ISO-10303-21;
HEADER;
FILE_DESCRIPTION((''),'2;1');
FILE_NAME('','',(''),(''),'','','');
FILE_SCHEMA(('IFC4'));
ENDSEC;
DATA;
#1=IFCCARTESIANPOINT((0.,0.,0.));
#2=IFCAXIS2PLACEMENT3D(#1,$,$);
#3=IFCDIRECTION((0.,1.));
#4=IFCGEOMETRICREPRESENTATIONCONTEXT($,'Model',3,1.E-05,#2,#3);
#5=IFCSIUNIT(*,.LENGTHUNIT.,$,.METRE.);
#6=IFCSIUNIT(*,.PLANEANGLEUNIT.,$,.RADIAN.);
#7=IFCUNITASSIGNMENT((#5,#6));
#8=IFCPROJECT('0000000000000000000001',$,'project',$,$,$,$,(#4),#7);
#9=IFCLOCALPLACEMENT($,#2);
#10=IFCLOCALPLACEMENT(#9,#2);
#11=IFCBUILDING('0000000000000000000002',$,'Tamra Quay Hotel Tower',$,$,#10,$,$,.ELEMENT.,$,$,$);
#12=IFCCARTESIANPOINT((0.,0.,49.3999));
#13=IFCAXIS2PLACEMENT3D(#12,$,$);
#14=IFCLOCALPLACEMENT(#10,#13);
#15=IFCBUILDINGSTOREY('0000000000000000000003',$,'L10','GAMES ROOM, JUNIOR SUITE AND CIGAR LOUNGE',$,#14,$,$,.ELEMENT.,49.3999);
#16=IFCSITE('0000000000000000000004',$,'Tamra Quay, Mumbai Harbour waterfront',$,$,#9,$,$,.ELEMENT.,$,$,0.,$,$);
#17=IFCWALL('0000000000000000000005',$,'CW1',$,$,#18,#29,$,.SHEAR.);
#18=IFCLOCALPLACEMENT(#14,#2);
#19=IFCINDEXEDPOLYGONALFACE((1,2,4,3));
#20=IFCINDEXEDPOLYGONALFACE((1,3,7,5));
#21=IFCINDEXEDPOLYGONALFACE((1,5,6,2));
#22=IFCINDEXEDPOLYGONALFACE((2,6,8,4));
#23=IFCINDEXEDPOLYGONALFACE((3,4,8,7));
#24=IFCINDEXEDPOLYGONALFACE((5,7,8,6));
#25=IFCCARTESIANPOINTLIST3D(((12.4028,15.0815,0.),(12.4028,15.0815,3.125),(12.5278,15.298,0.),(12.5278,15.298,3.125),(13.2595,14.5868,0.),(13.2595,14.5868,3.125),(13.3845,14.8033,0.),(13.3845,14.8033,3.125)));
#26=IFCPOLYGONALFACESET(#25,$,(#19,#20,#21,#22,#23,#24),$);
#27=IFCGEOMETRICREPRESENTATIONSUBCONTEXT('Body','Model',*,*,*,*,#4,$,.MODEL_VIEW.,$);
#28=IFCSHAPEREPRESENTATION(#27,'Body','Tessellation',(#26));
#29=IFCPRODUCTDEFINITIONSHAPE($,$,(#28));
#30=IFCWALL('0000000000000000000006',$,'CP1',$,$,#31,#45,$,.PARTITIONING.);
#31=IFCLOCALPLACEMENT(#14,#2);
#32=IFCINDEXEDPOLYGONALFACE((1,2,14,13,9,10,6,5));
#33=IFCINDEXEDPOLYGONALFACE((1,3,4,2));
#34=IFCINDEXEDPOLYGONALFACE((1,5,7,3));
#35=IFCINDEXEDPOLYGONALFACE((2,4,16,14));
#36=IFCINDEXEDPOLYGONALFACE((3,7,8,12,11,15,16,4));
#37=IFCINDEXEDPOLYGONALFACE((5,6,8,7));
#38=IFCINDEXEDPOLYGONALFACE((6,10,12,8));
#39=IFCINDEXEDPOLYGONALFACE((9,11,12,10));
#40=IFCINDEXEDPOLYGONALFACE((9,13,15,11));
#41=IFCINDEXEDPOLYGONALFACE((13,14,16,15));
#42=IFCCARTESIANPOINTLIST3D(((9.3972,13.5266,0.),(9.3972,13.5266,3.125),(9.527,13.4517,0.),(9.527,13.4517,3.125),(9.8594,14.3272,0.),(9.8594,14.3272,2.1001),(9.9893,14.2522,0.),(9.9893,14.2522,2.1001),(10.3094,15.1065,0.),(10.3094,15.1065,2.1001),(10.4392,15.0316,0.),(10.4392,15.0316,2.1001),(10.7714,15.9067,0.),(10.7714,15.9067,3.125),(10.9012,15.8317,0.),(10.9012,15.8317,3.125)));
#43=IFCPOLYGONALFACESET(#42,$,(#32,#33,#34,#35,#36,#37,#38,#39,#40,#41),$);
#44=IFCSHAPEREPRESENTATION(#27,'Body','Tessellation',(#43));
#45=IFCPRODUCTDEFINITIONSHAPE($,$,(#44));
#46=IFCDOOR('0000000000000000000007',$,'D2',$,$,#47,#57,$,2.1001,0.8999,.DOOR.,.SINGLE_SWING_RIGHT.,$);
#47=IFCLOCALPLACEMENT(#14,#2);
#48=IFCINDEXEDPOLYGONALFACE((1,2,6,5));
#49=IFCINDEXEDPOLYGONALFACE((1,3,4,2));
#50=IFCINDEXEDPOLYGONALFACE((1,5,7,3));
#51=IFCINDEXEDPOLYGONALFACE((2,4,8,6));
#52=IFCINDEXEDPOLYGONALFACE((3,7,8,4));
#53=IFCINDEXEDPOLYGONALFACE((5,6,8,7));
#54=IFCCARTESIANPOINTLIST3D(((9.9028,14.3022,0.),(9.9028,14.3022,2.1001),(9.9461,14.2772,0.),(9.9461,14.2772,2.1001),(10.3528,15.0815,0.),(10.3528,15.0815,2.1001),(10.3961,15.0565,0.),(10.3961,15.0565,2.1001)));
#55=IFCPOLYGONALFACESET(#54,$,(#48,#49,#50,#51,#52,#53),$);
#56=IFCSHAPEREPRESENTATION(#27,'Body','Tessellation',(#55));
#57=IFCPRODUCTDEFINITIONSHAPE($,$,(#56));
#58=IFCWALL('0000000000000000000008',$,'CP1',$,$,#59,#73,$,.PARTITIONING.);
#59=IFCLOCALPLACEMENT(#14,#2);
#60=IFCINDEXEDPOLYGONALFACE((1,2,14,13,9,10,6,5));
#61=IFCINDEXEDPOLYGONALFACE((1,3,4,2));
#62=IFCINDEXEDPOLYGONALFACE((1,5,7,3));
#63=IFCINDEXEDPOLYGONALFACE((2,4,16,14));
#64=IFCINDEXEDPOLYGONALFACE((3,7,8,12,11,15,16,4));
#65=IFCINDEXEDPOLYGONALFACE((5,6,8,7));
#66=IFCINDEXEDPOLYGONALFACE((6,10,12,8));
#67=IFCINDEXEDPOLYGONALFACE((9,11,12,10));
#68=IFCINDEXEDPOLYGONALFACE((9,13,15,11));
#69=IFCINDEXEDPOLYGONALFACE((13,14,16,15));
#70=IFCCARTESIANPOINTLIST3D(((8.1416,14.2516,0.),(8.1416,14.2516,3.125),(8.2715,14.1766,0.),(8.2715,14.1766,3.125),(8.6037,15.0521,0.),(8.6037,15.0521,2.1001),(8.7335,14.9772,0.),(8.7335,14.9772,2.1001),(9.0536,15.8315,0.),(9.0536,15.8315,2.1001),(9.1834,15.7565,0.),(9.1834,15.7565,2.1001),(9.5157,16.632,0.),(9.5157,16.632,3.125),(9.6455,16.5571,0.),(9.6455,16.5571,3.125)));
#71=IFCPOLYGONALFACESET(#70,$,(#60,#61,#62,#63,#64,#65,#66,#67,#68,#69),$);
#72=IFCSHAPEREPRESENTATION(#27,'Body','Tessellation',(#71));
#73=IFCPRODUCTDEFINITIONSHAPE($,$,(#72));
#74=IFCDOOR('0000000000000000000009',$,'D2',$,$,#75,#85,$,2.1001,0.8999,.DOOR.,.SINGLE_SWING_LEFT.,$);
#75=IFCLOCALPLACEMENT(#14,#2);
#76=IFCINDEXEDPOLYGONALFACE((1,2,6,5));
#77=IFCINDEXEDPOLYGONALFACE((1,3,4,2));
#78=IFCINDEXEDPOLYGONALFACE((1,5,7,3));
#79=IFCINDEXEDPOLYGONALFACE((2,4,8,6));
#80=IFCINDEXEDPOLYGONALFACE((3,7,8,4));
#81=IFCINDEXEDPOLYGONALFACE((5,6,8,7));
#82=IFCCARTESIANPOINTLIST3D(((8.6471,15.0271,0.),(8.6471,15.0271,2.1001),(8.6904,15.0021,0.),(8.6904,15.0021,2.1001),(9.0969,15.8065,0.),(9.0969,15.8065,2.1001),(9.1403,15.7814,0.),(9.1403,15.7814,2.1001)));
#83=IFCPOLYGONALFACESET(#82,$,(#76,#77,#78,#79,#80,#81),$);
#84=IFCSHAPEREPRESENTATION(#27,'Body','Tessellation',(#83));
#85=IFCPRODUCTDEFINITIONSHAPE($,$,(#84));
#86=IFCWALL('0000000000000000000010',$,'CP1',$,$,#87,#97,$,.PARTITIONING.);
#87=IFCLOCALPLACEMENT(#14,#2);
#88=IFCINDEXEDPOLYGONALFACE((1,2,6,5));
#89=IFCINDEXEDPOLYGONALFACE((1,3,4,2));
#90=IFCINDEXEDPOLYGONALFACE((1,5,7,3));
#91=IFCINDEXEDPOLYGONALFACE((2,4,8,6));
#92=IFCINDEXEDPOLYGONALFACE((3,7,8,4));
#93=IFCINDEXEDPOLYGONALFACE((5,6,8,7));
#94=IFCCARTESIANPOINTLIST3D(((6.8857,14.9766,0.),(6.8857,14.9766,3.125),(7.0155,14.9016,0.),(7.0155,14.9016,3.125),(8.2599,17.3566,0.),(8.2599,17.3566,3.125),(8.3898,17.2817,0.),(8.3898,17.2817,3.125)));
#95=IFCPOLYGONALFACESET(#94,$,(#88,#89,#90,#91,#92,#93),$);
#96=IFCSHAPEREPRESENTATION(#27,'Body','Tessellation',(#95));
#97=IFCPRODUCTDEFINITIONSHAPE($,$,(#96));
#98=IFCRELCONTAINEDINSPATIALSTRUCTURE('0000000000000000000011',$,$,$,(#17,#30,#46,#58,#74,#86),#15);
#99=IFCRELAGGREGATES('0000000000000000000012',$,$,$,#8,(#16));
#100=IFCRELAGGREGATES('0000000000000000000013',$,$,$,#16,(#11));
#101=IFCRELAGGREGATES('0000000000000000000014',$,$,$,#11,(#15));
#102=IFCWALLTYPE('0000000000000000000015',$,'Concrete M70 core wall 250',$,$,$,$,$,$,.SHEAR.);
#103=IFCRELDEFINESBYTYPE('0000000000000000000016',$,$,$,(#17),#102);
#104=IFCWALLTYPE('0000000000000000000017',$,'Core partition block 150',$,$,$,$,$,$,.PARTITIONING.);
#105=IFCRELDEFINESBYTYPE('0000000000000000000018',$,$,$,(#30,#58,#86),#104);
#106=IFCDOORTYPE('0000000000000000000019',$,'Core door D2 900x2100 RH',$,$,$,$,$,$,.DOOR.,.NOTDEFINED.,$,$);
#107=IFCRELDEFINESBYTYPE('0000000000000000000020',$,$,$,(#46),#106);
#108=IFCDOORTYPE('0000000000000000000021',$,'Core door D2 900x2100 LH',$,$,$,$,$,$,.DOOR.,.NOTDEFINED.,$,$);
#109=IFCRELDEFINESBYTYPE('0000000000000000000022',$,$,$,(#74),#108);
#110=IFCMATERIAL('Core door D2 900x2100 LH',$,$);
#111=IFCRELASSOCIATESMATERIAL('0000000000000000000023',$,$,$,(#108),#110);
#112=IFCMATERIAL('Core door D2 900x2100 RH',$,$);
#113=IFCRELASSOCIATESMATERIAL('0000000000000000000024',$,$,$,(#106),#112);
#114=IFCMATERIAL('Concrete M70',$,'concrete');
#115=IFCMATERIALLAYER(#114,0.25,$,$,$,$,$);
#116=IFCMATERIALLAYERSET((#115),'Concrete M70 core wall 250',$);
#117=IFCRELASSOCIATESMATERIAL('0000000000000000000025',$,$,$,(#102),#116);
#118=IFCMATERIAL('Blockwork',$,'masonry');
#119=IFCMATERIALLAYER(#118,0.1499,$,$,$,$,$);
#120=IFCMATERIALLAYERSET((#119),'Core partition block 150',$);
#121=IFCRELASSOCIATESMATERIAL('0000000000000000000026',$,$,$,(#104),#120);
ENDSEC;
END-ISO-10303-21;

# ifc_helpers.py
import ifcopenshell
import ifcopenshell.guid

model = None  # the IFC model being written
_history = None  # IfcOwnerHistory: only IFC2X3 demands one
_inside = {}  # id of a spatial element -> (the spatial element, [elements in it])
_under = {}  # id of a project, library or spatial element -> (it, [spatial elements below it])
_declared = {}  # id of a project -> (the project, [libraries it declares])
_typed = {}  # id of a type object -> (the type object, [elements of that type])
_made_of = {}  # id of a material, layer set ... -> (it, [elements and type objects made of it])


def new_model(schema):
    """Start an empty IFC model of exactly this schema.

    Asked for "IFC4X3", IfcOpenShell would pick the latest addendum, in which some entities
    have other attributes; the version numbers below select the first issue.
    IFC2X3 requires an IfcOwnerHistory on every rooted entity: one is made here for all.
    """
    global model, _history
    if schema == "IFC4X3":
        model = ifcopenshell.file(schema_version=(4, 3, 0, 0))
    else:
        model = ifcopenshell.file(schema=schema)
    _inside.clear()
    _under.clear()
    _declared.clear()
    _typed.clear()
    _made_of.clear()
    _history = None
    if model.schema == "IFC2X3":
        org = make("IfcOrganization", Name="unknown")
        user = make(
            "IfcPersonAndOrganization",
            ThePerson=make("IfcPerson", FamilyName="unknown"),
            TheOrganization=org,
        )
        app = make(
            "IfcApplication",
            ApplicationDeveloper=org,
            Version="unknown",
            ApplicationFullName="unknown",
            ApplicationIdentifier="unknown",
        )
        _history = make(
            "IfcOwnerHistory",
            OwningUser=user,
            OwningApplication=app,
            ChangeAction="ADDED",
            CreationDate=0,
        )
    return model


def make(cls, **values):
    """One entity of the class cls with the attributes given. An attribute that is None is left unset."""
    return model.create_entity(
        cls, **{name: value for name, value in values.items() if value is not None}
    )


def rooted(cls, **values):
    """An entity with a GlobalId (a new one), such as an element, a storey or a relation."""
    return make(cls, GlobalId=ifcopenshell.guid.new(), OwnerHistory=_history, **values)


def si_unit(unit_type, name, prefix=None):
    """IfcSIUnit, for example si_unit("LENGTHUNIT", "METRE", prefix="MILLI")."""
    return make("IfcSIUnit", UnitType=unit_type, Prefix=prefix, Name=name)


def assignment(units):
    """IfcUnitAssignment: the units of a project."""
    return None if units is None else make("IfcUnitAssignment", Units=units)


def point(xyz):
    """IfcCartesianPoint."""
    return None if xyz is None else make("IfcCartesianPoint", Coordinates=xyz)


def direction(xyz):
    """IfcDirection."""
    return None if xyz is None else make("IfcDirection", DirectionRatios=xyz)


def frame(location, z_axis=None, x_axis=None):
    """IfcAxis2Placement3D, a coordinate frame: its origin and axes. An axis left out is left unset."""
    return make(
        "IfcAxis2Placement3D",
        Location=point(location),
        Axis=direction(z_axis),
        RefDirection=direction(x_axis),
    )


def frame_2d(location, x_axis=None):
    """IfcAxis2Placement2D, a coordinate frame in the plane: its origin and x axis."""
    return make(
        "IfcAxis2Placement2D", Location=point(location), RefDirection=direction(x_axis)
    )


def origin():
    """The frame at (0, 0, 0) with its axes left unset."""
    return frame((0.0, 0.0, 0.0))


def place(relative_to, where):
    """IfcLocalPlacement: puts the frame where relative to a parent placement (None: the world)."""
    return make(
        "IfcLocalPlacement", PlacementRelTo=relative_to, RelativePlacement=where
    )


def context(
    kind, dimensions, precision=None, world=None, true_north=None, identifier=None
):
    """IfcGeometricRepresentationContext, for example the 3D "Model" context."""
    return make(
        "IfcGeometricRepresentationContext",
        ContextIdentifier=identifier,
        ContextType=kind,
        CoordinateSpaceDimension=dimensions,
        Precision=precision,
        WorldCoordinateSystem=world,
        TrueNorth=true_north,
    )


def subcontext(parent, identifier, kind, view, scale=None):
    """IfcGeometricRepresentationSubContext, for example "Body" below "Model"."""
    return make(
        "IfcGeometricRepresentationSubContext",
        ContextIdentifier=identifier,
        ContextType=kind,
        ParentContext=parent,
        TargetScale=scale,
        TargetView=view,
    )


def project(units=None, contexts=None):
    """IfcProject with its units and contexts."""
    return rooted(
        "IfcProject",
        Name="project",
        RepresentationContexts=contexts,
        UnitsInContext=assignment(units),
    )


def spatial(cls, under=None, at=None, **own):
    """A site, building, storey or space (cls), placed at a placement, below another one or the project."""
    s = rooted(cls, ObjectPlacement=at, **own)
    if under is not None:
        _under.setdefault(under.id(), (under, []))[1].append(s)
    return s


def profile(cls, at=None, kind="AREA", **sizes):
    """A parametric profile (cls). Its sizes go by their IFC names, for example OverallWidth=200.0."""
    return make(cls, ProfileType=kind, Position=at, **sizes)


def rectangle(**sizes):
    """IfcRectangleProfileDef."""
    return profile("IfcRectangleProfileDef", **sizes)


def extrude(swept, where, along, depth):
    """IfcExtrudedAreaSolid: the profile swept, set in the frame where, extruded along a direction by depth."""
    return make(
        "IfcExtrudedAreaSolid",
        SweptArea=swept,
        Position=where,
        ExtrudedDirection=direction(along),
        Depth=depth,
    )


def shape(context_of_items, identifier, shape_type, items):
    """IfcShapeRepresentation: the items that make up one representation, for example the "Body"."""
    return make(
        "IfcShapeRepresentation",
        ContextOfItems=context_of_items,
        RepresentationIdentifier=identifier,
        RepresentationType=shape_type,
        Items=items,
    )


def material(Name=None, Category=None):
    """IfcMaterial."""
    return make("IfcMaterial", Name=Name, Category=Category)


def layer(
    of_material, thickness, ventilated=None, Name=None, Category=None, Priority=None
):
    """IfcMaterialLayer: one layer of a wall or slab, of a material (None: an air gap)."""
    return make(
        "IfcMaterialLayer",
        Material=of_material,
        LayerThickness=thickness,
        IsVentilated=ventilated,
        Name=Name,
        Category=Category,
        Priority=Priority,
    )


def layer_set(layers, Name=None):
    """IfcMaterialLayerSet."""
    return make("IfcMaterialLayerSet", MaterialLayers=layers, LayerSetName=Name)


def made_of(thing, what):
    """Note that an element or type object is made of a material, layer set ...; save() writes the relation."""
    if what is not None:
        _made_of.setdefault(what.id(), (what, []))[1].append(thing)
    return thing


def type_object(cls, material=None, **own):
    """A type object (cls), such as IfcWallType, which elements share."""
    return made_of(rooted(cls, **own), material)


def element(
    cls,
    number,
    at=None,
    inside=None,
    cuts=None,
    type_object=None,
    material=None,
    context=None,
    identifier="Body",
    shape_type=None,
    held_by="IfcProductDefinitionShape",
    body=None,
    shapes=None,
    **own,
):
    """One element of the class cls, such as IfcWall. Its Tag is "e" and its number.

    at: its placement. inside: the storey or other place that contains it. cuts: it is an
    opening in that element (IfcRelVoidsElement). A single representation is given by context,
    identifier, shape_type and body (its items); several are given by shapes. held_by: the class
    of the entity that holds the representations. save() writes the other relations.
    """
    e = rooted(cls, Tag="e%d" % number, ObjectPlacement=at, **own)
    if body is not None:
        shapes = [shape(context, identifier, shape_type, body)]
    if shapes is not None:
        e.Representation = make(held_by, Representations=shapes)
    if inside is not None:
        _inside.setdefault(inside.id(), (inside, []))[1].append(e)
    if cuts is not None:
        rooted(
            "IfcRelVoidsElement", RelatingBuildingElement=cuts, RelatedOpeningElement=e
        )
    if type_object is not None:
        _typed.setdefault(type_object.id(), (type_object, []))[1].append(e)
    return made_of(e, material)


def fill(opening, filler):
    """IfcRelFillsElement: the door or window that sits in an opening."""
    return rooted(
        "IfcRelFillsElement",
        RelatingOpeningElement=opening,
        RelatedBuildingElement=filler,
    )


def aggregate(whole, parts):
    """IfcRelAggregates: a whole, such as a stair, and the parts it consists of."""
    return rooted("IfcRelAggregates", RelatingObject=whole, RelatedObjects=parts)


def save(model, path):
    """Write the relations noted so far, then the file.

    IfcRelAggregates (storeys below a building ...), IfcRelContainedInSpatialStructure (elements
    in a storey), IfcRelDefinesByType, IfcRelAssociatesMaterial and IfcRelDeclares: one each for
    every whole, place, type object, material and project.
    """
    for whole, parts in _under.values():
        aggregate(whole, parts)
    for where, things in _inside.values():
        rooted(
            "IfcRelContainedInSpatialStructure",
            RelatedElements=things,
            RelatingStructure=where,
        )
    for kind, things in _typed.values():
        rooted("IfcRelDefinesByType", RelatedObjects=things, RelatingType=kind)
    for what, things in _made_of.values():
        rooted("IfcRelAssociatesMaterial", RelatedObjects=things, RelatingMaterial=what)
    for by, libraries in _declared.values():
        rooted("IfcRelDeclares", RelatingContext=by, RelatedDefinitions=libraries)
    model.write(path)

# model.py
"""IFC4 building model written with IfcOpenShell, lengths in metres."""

from ifc_helpers import new_model, si_unit, direction, frame, frame_2d, origin, place, context, subcontext, project, spatial, rectangle, extrude, material, layer, layer_set, type_object, element, fill, save


model = new_model("IFC4")

# Units and contexts
model_context = context("Model", 3, precision=1e-05, world=origin(), true_north=direction((0.0, 1.0)))
body_context = subcontext(model_context, "Body", "Model", "MODEL_VIEW")
ifc_project = project(units=[si_unit("LENGTHUNIT", "METRE"), si_unit("PLANEANGLEUNIT", "RADIAN")], contexts=[model_context])

# Site, building, storey
site_placement = place(None, origin())
site = spatial("IfcSite", under=ifc_project, at=site_placement, Name="Tamra Quay, Mumbai Harbour waterfront", CompositionType="ELEMENT", RefElevation=0.0)
building_placement = place(site_placement, origin())
building = spatial("IfcBuilding", under=site, at=building_placement, Name="Tamra Quay Hotel Tower", CompositionType="ELEMENT")
storey_placement = place(building_placement, frame((0.0, 0.0, 49.3999)))
storey = spatial("IfcBuildingStorey", under=building, at=storey_placement, Name="L10", Description="GAMES ROOM, JUNIOR SUITE AND CIGAR LOUNGE", CompositionType="ELEMENT", Elevation=49.3999)

# Shared definitions
ifc_material_1 = material(Name="Concrete M70", Category="concrete")

# Shared definitions
ifc_material_2 = material(Name="Core door D2 900x2100 LH")
door_type_1 = type_object("IfcDoorType", Name="Core door D2 900x2100 LH", OperationType="NOTDEFINED", PredefinedType="DOOR", material=ifc_material_2)
ifc_material_3 = material(Name="Core door D2 900x2100 RH")
door_type_2 = type_object("IfcDoorType", Name="Core door D2 900x2100 RH", OperationType="NOTDEFINED", PredefinedType="DOOR", material=ifc_material_3)

# Wall
ifc_layer_1 = layer(ifc_material_1, 0.25)
ifc_layer_set_1 = layer_set([ifc_layer_1], Name="Concrete M70 core wall 250")
wall_type_1 = type_object("IfcWallType", Name="Concrete M70 core wall 250", PredefinedType="SHEAR", material=ifc_layer_set_1)
wall_1_placement = place(storey_placement, frame((13.322, 14.6951, 0.0), z_axis=(0.0, 0.0, 1.0), x_axis=(-0.866017, 0.500014, 0.0)))
element("IfcWall", 1, at=wall_1_placement, inside=storey, type_object=wall_type_1, Name="CW1", PredefinedType="SHEAR", context=body_context, shape_type="SweptSolid", body=[
    extrude(rectangle(XDim=0.9893, YDim=0.25, at=frame_2d((0.4946, 0.0))), origin(), (0.0, 0.0, 1.0), 3.125),
])

# Walls, openings, doors
ifc_material_4 = material(Name="Blockwork", Category="masonry")
ifc_layer_2 = layer(ifc_material_4, 0.1499)
ifc_layer_set_2 = layer_set([ifc_layer_2], Name="Core partition block 150")
wall_type_2 = type_object("IfcWallType", Name="Core partition block 150", PredefinedType="PARTITIONING", material=ifc_layer_set_2)
wall_2_placement = place(storey_placement, frame((9.4622, 13.4893, 0.0), z_axis=(0.0, 0.0, 1.0), x_axis=(0.500027, 0.86601, 0.0)))
wall_2 = element("IfcWall", 2, at=wall_2_placement, inside=storey, type_object=wall_type_2, Name="CP1", PredefinedType="PARTITIONING", context=body_context, shape_type="SweptSolid", body=[
    extrude(rectangle(XDim=2.7483, YDim=0.1499, at=frame_2d((1.374, 0.0))), origin(), (0.0, 0.0, 1.0), 3.125),
])
opening_1_placement = place(wall_2_placement, frame((0.9243, 0.0, 0.0)))
opening_1 = element("IfcOpeningElement", 3, at=opening_1_placement, cuts=wall_2, PredefinedType="OPENING", context=body_context, shape_type="SweptSolid", body=[
    extrude(rectangle(XDim=0.8999, YDim=2.1001, at=frame_2d((0.45, 1.05))), frame((0.0, 0.085, 0.0), z_axis=(0.0, -1.0, 0.0), x_axis=(1.0, 0.0, 0.0)), (0.0, 0.0, 1.0), 0.1699),
])
door_1_placement = place(opening_1_placement, origin())
door_1 = element("IfcDoor", 4, at=door_1_placement, inside=storey, type_object=door_type_2, Name="D2", OperationType="SINGLE_SWING_RIGHT", OverallHeight=2.1001, OverallWidth=0.8999, PredefinedType="DOOR", context=body_context, shape_type="SweptSolid", body=[
    extrude(rectangle(XDim=0.8999, YDim=2.1001, at=frame_2d((0.45, 1.05))), frame((0.0, 0.0249, 0.0), z_axis=(0.0, -1.0, 0.0), x_axis=(1.0, 0.0, 0.0)), (0.0, 0.0, 1.0), 0.05),
])
fill(opening_1, door_1)
wall_3_placement = place(storey_placement, frame((8.2065, 14.2141, 0.0), z_axis=(0.0, 0.0, 1.0), x_axis=(0.499922, 0.86607, 0.0)))
wall_3 = element("IfcWall", 5, at=wall_3_placement, inside=storey, type_object=wall_type_2, Name="CP1", PredefinedType="PARTITIONING", context=body_context, shape_type="SweptSolid", body=[
    extrude(rectangle(XDim=2.7485, YDim=0.1499, at=frame_2d((1.3743, 0.0))), origin(), (0.0, 0.0, 1.0), 3.125),
])
opening_2_placement = place(wall_3_placement, frame((0.9243, 0.0, 0.0)))
opening_2 = element("IfcOpeningElement", 6, at=opening_2_placement, cuts=wall_3, PredefinedType="OPENING", context=body_context, shape_type="SweptSolid", body=[
    extrude(rectangle(XDim=0.8999, YDim=2.1001, at=frame_2d((0.45, 1.05))), frame((0.0, 0.085, 0.0), z_axis=(0.0, -1.0, 0.0), x_axis=(1.0, 0.0, 0.0)), (0.0, 0.0, 1.0), 0.1699),
])
door_2_placement = place(opening_2_placement, origin())
door_2 = element("IfcDoor", 7, at=door_2_placement, inside=storey, type_object=door_type_1, Name="D2", OperationType="SINGLE_SWING_LEFT", OverallHeight=2.1001, OverallWidth=0.8999, PredefinedType="DOOR", context=body_context, shape_type="SweptSolid", body=[
    extrude(rectangle(XDim=0.8999, YDim=2.1001, at=frame_2d((0.45, 1.05))), frame((0.0, 0.0249, 0.0), z_axis=(0.0, -1.0, 0.0), x_axis=(1.0, 0.0, 0.0)), (0.0, 0.0, 1.0), 0.05),
])
fill(opening_2, door_2)

# Wall
wall_4_placement = place(storey_placement, frame((6.9507, 14.9392, 0.0), z_axis=(0.0, 0.0, 1.0), x_axis=(0.500027, 0.86601, 0.0)))
element("IfcWall", 8, at=wall_4_placement, inside=storey, type_object=wall_type_2, Name="CP1", PredefinedType="PARTITIONING", context=body_context, shape_type="SweptSolid", body=[
    extrude(rectangle(XDim=2.7483, YDim=0.1499, at=frame_2d((1.374, 0.0))), origin(), (0.0, 0.0, 1.0), 3.125),
])

save(model, "model.ifc")
